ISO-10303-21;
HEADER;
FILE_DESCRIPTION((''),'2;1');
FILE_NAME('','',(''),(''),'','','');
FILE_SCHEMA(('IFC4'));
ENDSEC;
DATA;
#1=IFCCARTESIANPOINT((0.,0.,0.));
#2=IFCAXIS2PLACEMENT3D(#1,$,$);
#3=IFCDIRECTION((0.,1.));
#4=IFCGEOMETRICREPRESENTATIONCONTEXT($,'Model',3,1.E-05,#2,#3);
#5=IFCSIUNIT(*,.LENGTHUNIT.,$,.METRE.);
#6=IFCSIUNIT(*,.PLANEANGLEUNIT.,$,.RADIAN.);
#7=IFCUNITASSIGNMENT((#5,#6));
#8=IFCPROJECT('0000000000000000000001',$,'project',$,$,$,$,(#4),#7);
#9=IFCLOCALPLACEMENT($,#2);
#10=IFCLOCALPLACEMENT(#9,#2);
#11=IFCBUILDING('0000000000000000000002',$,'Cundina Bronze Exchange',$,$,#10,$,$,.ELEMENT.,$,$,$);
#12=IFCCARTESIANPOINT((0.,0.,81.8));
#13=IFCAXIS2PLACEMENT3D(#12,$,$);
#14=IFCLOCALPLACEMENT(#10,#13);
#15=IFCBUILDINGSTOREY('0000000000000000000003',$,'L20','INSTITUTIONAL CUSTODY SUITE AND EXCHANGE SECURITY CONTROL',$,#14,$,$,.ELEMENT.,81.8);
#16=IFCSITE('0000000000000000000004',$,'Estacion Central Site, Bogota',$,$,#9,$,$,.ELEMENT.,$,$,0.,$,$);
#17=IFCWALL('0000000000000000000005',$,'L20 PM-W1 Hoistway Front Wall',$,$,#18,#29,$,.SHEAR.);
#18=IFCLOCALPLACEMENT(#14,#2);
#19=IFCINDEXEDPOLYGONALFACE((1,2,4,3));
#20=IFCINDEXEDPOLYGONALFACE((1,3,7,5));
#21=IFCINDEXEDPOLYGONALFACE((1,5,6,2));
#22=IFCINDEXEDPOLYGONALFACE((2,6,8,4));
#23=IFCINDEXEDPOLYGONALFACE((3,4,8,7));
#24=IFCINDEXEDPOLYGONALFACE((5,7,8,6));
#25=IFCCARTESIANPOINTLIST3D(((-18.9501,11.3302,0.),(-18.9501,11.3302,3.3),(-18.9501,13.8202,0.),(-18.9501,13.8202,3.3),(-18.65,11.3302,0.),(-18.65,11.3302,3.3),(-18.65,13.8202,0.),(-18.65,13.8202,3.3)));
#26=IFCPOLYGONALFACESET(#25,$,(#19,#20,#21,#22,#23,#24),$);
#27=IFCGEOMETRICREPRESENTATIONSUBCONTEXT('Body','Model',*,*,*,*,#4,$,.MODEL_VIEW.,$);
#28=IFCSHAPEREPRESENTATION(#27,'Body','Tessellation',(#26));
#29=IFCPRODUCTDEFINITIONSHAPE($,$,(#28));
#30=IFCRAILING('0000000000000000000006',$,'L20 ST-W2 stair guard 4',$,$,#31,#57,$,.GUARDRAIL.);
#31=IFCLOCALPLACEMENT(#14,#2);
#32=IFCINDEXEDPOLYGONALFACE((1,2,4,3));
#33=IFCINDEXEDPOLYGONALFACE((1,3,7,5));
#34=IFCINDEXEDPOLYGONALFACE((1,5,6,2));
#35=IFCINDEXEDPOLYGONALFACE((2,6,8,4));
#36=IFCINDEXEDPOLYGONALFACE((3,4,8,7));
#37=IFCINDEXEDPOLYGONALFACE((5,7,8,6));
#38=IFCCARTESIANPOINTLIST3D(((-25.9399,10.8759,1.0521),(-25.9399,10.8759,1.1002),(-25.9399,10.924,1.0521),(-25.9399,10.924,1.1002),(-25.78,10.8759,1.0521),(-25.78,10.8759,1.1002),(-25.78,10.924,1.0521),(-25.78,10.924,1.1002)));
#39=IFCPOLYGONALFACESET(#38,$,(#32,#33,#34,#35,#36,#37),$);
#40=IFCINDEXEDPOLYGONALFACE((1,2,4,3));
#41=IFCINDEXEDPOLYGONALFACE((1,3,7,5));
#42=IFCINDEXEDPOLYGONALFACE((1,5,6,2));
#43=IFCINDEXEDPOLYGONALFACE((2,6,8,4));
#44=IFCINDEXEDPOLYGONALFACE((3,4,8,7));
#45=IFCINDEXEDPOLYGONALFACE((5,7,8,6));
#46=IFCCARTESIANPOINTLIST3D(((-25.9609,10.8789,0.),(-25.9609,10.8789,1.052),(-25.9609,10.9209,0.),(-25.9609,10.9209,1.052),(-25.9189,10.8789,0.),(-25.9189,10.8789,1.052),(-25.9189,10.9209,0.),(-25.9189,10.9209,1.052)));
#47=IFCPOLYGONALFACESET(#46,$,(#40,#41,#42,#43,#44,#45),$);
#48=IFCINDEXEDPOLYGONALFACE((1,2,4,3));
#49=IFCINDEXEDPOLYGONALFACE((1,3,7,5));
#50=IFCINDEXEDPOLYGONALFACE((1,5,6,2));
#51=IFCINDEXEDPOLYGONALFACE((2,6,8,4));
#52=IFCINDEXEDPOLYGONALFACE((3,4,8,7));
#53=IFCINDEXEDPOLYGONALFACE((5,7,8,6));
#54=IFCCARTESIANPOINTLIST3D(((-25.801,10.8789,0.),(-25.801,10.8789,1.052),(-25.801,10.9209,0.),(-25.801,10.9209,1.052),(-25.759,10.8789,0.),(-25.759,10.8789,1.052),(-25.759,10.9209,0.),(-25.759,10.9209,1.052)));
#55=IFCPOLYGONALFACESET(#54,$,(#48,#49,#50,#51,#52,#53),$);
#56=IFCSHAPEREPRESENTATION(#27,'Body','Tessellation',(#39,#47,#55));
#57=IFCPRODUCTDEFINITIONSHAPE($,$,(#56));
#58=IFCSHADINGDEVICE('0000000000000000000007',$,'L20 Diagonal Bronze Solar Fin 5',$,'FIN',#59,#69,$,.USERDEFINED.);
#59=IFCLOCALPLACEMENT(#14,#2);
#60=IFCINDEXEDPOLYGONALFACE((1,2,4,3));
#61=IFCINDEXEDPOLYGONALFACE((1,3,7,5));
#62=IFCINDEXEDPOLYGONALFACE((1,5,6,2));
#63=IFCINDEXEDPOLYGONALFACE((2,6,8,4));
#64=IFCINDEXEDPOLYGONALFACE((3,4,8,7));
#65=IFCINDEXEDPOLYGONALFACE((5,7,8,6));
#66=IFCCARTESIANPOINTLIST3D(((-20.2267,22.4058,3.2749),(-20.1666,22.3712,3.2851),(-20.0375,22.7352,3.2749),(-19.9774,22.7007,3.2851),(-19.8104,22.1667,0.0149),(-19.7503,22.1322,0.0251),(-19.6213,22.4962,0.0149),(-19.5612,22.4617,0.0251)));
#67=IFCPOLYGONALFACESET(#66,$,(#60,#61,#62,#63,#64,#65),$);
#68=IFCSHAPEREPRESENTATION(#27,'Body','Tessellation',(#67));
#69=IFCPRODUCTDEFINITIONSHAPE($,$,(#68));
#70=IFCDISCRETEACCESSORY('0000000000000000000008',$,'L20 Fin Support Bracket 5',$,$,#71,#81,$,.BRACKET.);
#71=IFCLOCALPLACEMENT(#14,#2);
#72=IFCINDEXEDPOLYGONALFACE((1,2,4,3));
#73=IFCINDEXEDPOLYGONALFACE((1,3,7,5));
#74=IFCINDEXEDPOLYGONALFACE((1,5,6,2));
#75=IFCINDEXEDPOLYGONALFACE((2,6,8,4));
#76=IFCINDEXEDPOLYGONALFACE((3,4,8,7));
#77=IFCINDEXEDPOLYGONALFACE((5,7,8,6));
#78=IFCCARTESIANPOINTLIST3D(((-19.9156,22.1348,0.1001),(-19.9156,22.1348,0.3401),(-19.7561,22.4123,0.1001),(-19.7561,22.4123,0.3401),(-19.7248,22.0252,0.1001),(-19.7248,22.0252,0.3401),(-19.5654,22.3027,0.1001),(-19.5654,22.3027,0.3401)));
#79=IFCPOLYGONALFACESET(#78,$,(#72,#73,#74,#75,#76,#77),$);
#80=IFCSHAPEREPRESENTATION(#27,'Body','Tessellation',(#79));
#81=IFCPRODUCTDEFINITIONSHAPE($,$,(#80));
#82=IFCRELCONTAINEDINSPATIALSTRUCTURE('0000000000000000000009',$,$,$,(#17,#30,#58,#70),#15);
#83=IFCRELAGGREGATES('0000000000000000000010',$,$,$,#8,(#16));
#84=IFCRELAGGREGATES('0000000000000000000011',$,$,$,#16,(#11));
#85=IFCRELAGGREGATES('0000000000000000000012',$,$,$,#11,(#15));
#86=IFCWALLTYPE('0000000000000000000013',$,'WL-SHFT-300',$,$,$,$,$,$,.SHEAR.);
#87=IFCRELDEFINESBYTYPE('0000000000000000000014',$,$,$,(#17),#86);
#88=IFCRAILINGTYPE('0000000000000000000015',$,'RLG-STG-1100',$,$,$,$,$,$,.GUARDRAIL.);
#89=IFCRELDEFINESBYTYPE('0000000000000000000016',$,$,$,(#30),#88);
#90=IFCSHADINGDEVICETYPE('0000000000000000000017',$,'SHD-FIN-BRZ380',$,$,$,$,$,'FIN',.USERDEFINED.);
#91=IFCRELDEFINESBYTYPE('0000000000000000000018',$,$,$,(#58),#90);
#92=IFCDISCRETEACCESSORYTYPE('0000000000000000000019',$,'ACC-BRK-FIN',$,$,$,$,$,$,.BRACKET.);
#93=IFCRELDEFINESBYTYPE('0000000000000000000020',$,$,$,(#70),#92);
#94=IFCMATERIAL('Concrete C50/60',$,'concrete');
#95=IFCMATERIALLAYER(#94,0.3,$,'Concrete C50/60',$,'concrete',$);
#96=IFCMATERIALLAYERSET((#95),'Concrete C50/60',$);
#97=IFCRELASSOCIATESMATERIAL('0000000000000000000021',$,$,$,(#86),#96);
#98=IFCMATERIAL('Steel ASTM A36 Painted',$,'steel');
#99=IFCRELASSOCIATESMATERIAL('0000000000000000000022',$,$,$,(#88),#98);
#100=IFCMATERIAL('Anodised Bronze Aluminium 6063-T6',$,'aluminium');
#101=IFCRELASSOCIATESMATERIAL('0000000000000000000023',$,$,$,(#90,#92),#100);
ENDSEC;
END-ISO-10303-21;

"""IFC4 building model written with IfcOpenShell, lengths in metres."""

from ifc_helpers import new_model, si_unit, direction, frame, frame_2d, origin, origin_2d, place, context, subcontext, project, spatial, rectangle, extrude, material, layer, layer_set, material_profile, profile_set, type_object, element, save


model = new_model("IFC4")

# Units and contexts
model_context = context("Model", 3, precision=1e-05, world=origin(), true_north=direction((0.0, 1.0)))
body_context = subcontext(model_context, "Body", "Model", "MODEL_VIEW")
ifc_project = project(units=[si_unit("LENGTHUNIT", "METRE"), si_unit("PLANEANGLEUNIT", "RADIAN")], contexts=[model_context])

# Site, building, storey
site_placement = place(None, origin())
site = spatial("IfcSite", under=ifc_project, at=site_placement, Name="Estacion Central Site, Bogota", CompositionType="ELEMENT", RefElevation=0.0)
building_placement = place(site_placement, origin())
building = spatial("IfcBuilding", under=site, at=building_placement, Name="Cundina Bronze Exchange", CompositionType="ELEMENT")
storey_placement = place(building_placement, frame((0.0, 0.0, 81.8)))
storey = spatial("IfcBuildingStorey", under=building, at=storey_placement, Name="L20", Description="INSTITUTIONAL CUSTODY SUITE AND EXCHANGE SECURITY CONTROL", CompositionType="ELEMENT", Elevation=81.8)

# Shared definitions
ifc_material_1 = material(Name="Anodised Bronze Aluminium 6063-T6", Category="aluminium")

# Shared definitions
ifc_material_2 = material(Name="Concrete C50/60", Category="concrete")
ifc_layer_1 = layer(ifc_material_2, 0.3, Name="Concrete C50/60", Category="concrete")
ifc_layer_set_1 = layer_set([ifc_layer_1], Name="Concrete C50/60")
wall_type_1 = type_object("IfcWallType", Name="WL-SHFT-300", PredefinedType="SHEAR", material=ifc_layer_set_1)
ifc_material_3 = material(Name="Steel ASTM A36 Painted", Category="steel")

# Wall
wall_1_placement = place(storey_placement, frame((-18.8, 11.3301, 0.0), z_axis=(0.0, 0.0, 1.0), x_axis=(0.0, 1.0, 0.0)))
element("IfcWall", 1, at=wall_1_placement, inside=storey, type_object=wall_type_1, Name="L20 PM-W1 Hoistway Front Wall", PredefinedType="SHEAR", context=body_context, shape_type="SweptSolid", body=[
    extrude(rectangle(XDim=2.49, YDim=0.3, at=frame_2d((1.2451, 0.0))), origin(), (0.0, 0.0, 1.0), 3.3),
])

# Railing
railing_type = type_object("IfcRailingType", Name="RLG-STG-1100", PredefinedType="GUARDRAIL", material=ifc_material_3)
railing_placement = place(storey_placement, frame((-25.9399, 10.8999, 0.0)))
element("IfcRailing", 2, at=railing_placement, inside=storey, type_object=railing_type, Name="L20 ST-W2 stair guard 4", PredefinedType="GUARDRAIL", context=body_context, shape_type="SweptSolid", body=[
    extrude(rectangle(XDim=0.0481, YDim=0.0481, at=origin_2d()), frame((0.0, 0.0, 1.0762), z_axis=(1.0, 0.0, 0.0), x_axis=(0.0, 1.0, 0.0)), (0.0, 0.0, 1.0), 0.1599),
    extrude(rectangle(XDim=0.042, YDim=0.042, at=origin_2d()), origin(), (0.0, 0.0, 1.0), 1.052),
    extrude(rectangle(XDim=0.042, YDim=0.042, at=origin_2d()), frame((0.1599, 0.0, 0.0)), (0.0, 0.0, 1.0), 1.052),
])

# Shading device
ifc_material_profile_1 = material_profile(ifc_material_1, rectangle(XDim=0.0701, YDim=0.3799, at=origin_2d()), Name="FIN70X380", Category="aluminium")
ifc_profile_set_1 = profile_set([ifc_material_profile_1], Name="Anodised Bronze Aluminium 6063-T6")
shading_device_type = type_object("IfcShadingDeviceType", Name="SHD-FIN-BRZ380", ElementType="FIN", PredefinedType="USERDEFINED", material=ifc_profile_set_1)
shading_device_placement = place(storey_placement, frame((-19.6858, 22.3142, 0.02), z_axis=(-0.126325, 0.072535, 0.989333), x_axis=(0.857958, -0.492634, 0.145668)))
element("IfcShadingDevice", 3, at=shading_device_placement, inside=storey, type_object=shading_device_type, Name="L20 Diagonal Bronze Solar Fin 5", ObjectType="FIN", PredefinedType="USERDEFINED", context=body_context, shape_type="SweptSolid", body=[
    extrude(rectangle(XDim=0.0701, YDim=0.3799, at=origin_2d()), origin(), (0.0, 0.0, 1.0), 3.2952),
])

# Discrete accessory
discrete_accessory_type = type_object("IfcDiscreteAccessoryType", Name="ACC-BRK-FIN", PredefinedType="BRACKET", material=ifc_material_1)
discrete_accessory_placement = place(storey_placement, frame((-19.7405, 22.2188, 0.1001), z_axis=(0.0, 0.0, 1.0), x_axis=(-0.867105, 0.498125, 0.0)))
element("IfcDiscreteAccessory", 4, at=discrete_accessory_placement, inside=storey, type_object=discrete_accessory_type, Name="L20 Fin Support Bracket 5", PredefinedType="BRACKET", context=body_context, shape_type="SweptSolid", body=[
    extrude(rectangle(XDim=0.22, YDim=0.3201, at=origin_2d()), origin(), (0.0, 0.0, 1.0), 0.24),
])

save(model, "model.ifc")
